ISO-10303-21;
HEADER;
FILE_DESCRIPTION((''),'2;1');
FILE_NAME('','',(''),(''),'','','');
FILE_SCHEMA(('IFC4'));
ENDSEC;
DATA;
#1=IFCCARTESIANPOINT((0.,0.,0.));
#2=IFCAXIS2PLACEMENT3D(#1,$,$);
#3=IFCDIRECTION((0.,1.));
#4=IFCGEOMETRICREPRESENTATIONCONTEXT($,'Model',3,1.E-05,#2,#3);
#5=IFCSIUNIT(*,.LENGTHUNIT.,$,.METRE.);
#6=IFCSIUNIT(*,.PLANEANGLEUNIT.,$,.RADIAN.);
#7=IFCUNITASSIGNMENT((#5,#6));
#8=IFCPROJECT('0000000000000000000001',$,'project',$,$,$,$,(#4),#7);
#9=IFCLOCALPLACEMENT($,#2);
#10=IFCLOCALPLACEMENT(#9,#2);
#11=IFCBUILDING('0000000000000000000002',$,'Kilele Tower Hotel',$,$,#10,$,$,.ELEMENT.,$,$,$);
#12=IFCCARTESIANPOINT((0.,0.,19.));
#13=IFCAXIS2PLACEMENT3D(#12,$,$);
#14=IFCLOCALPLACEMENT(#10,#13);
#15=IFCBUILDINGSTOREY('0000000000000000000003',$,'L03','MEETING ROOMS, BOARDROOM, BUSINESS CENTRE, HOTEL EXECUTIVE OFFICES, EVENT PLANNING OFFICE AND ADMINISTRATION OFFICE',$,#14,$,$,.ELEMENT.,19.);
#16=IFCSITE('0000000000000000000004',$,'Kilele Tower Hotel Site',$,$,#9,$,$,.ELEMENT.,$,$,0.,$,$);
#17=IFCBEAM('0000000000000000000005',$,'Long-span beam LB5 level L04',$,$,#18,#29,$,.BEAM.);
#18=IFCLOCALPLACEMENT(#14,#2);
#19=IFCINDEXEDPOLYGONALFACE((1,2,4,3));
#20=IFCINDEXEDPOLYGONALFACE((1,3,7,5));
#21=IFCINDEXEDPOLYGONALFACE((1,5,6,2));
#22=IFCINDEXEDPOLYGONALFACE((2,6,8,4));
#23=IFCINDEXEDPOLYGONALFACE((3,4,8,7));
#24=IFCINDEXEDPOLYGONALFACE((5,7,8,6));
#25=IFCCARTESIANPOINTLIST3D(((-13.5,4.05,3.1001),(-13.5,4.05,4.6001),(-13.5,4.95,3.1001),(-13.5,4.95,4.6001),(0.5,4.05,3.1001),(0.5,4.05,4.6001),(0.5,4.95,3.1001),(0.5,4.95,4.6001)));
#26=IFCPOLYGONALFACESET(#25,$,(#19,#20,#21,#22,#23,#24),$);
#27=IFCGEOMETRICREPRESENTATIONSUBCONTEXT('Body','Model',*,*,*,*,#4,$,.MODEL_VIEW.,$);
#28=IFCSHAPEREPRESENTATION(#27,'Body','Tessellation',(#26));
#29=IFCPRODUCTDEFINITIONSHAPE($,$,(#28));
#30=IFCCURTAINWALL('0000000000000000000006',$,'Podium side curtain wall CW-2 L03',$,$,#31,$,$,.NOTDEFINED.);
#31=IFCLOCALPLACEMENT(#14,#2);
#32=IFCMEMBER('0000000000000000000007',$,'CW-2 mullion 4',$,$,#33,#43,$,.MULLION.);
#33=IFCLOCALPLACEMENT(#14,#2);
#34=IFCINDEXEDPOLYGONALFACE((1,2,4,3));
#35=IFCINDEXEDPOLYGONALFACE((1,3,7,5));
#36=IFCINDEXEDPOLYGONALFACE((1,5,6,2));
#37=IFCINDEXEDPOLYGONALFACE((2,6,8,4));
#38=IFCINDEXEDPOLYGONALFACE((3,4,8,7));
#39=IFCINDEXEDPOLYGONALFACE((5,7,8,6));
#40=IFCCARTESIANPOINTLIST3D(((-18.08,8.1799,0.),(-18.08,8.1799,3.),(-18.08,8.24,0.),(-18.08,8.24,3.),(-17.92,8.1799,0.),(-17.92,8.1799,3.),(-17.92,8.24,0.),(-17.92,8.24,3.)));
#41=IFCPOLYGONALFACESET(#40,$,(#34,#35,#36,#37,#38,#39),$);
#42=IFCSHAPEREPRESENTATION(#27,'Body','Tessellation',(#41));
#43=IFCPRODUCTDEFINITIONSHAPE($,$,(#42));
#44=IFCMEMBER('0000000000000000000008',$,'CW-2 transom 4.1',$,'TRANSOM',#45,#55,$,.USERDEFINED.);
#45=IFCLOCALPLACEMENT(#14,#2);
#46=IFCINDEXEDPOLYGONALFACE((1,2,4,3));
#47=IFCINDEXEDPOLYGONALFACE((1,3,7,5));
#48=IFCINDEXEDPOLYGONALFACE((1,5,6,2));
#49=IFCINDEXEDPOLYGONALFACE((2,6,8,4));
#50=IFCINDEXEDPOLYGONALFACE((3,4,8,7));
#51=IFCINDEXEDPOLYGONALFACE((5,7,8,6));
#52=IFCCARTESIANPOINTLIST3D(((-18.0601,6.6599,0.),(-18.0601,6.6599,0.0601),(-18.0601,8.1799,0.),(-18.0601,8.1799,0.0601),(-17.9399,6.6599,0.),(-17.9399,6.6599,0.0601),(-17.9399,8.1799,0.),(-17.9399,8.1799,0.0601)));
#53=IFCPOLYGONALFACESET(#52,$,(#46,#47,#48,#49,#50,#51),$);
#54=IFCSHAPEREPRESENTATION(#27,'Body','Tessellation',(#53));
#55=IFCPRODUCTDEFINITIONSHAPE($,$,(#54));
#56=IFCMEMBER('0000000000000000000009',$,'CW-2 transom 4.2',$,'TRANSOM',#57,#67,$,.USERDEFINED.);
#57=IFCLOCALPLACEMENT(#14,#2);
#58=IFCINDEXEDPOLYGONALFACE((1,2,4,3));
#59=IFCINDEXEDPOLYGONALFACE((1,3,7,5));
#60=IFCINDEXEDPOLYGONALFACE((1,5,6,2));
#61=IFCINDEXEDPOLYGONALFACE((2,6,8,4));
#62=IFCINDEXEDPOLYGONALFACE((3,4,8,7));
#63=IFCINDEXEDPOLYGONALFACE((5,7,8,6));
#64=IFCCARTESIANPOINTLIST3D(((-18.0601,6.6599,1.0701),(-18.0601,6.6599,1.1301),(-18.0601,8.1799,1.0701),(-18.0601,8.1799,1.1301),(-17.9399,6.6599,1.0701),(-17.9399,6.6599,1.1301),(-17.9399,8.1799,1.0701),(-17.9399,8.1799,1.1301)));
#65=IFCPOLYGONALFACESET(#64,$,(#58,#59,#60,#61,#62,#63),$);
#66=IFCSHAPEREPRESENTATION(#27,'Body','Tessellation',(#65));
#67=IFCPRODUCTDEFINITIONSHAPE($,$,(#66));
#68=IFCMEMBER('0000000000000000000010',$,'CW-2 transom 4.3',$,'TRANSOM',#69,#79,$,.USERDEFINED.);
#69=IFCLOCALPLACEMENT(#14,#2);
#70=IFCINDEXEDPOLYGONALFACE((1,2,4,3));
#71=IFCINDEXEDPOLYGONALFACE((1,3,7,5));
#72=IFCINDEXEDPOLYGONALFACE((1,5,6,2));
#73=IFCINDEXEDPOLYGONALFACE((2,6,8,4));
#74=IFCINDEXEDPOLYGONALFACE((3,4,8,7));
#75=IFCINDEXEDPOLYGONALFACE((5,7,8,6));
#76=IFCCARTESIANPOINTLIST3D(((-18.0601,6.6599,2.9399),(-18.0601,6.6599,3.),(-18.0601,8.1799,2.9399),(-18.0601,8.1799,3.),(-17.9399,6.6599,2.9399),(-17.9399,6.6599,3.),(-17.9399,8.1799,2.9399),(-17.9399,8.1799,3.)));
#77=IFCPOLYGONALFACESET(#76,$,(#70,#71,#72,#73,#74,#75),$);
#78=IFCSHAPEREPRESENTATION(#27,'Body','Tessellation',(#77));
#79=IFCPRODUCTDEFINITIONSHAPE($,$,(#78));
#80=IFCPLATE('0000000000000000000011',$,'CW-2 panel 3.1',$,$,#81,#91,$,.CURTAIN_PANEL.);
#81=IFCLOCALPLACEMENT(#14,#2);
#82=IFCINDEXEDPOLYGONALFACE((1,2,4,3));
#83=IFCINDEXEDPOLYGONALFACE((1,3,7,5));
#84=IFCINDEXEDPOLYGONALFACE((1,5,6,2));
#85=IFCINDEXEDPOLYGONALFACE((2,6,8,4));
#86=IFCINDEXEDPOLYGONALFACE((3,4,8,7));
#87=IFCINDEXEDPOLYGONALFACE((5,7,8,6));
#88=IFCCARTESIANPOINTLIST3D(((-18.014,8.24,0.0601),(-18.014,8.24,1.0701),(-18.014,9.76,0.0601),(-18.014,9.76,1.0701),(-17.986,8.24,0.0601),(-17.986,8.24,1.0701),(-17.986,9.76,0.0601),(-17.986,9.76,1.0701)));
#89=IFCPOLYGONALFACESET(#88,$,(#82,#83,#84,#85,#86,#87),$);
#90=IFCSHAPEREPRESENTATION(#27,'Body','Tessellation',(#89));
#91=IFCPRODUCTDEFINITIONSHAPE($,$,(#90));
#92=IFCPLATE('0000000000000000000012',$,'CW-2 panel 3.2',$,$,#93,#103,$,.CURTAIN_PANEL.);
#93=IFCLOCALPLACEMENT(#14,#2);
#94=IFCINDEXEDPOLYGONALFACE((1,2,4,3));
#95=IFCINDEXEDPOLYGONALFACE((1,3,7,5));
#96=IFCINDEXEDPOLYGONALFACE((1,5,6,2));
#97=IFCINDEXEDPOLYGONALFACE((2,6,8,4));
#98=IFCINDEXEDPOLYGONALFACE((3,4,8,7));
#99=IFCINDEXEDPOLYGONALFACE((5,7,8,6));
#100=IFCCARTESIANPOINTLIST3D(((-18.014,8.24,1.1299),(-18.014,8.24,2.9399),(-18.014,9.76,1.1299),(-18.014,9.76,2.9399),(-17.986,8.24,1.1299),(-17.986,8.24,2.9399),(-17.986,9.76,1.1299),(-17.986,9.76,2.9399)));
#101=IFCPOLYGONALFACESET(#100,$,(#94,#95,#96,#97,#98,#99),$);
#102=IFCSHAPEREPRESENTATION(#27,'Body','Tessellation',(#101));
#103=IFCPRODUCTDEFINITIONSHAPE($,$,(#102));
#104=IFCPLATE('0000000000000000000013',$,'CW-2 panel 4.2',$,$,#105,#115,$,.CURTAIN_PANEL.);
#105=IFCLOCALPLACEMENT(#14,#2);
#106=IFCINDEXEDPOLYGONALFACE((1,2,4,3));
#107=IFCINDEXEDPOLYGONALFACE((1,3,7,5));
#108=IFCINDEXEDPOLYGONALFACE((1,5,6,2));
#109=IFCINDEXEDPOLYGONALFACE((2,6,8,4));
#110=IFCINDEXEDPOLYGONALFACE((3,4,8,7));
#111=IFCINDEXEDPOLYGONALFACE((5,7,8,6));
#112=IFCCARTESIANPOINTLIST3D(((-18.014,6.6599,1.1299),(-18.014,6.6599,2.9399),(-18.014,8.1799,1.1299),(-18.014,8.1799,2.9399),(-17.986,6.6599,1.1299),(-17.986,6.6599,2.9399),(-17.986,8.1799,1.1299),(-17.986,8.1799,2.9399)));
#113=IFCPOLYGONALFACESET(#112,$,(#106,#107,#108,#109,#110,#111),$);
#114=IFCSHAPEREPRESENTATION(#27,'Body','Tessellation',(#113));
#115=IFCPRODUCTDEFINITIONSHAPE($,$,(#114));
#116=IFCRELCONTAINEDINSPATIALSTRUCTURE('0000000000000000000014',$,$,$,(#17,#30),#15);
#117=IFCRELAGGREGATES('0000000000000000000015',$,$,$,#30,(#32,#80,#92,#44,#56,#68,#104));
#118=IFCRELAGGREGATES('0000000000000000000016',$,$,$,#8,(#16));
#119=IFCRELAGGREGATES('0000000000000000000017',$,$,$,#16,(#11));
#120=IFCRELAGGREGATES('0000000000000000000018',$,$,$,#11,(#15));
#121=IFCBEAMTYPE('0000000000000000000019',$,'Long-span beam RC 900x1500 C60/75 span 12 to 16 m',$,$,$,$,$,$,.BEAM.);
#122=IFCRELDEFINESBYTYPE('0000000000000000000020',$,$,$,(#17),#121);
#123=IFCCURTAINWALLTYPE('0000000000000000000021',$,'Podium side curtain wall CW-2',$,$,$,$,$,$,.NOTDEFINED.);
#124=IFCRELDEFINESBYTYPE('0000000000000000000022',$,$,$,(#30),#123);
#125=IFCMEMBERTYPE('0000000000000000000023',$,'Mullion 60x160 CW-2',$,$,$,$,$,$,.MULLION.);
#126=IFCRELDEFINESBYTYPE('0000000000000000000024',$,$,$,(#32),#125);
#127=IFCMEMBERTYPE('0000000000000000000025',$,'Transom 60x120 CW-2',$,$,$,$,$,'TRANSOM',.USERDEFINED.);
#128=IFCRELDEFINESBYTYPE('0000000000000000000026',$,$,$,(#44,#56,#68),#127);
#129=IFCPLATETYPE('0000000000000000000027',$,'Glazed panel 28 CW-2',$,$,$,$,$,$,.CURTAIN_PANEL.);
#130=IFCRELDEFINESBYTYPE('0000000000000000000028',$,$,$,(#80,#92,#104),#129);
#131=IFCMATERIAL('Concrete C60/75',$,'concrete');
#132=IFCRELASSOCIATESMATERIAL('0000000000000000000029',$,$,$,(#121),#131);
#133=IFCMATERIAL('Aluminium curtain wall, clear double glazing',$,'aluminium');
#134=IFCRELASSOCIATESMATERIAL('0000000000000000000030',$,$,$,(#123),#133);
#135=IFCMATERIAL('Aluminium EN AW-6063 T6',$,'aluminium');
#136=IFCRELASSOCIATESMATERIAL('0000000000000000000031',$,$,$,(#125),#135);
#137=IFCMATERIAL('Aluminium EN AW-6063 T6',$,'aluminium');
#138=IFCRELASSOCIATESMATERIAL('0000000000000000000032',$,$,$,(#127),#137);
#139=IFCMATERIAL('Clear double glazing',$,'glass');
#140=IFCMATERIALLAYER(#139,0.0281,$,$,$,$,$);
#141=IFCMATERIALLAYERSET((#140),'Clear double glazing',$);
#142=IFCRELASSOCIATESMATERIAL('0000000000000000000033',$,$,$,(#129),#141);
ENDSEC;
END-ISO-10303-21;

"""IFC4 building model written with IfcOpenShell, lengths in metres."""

from ifc_helpers import new_model, si_unit, direction, frame, origin, origin_2d, place, context, subcontext, project, spatial, rectangle, extrude, material, layer, layer_set, material_profile, profile_set, type_object, element, aggregate, save


model = new_model("IFC4")

# Units and contexts
model_context = context("Model", 3, precision=1e-05, world=origin(), true_north=direction((0.0, 1.0)))
body_context = subcontext(model_context, "Body", "Model", "MODEL_VIEW")
ifc_project = project(units=[si_unit("LENGTHUNIT", "METRE"), si_unit("PLANEANGLEUNIT", "RADIAN")], contexts=[model_context])

# Site, building, storey
site_placement = place(None, origin())
site = spatial("IfcSite", under=ifc_project, at=site_placement, Name="Kilele Tower Hotel Site", CompositionType="ELEMENT", RefElevation=0.0)
building_placement = place(site_placement, origin())
building = spatial("IfcBuilding", under=site, at=building_placement, Name="Kilele Tower Hotel", CompositionType="ELEMENT")
storey_placement = place(building_placement, frame((0.0, 0.0, 19.0)))
storey = spatial("IfcBuildingStorey", under=building, at=storey_placement, Name="L03", Description="MEETING ROOMS, BOARDROOM, BUSINESS CENTRE, HOTEL EXECUTIVE OFFICES, EVENT PLANNING OFFICE AND ADMINISTRATION OFFICE", CompositionType="ELEMENT", Elevation=19.0)

# Beam
ifc_material_1 = material(Name="Concrete C60/75", Category="concrete")
ifc_material_profile_1 = material_profile(ifc_material_1, rectangle(XDim=0.8999, YDim=1.5, at=origin_2d()))
ifc_profile_set_1 = profile_set([ifc_material_profile_1], Name="Concrete C60/75")
beam_type = type_object("IfcBeamType", Name="Long-span beam RC 900x1500 C60/75 span 12 to 16 m", PredefinedType="BEAM", material=ifc_profile_set_1)
beam_placement = place(storey_placement, frame((-13.5, 4.5, 3.8501), z_axis=(1.0, 0.0, 0.0), x_axis=(0.0, 1.0, 0.0)))
element("IfcBeam", 1, at=beam_placement, inside=storey, type_object=beam_type, Name="Long-span beam LB5 level L04", PredefinedType="BEAM", context=body_context, shape_type="SweptSolid", body=[
    extrude(rectangle(XDim=0.8999, YDim=1.5, at=origin_2d()), origin(), (0.0, 0.0, 1.0), 14.0),
])

# Curtain wall, members, plates
ifc_material_2 = material(Name="Aluminium curtain wall, clear double glazing", Category="aluminium")
curtain_wall_type = type_object("IfcCurtainWallType", Name="Podium side curtain wall CW-2", PredefinedType="NOTDEFINED", material=ifc_material_2)
curtain_wall_placement = place(storey_placement, origin())
curtain_wall = element("IfcCurtainWall", 2, at=curtain_wall_placement, inside=storey, type_object=curtain_wall_type, Name="Podium side curtain wall CW-2 L03", PredefinedType="NOTDEFINED")
ifc_material_3 = material(Name="Aluminium EN AW-6063 T6", Category="aluminium")
ifc_material_profile_2 = material_profile(ifc_material_3, rectangle(XDim=0.1599, YDim=0.0601, at=origin_2d()))
ifc_profile_set_2 = profile_set([ifc_material_profile_2], Name="Aluminium EN AW-6063 T6")
member_type_1 = type_object("IfcMemberType", Name="Mullion 60x160 CW-2", PredefinedType="MULLION", material=ifc_profile_set_2)
member_1_placement = place(storey_placement, frame((-18.0, 8.21, 0.0), z_axis=(0.0, 0.0, 1.0), x_axis=(1.0, 0.0, 0.0)))
member_1 = element("IfcMember", 3, at=member_1_placement, type_object=member_type_1, Name="CW-2 mullion 4", PredefinedType="MULLION", context=body_context, shape_type="SweptSolid", body=[
    extrude(rectangle(XDim=0.1599, YDim=0.0601, at=origin_2d()), origin(), (0.0, 0.0, 1.0), 3.0),
])
ifc_material_4 = material(Name="Aluminium EN AW-6063 T6", Category="aluminium")
ifc_material_profile_3 = material_profile(ifc_material_4, rectangle(XDim=0.1201, YDim=0.0601, at=origin_2d()))
ifc_profile_set_3 = profile_set([ifc_material_profile_3], Name="Aluminium EN AW-6063 T6")
member_type_2 = type_object("IfcMemberType", Name="Transom 60x120 CW-2", ElementType="TRANSOM", PredefinedType="USERDEFINED", material=ifc_profile_set_3)
member_2_placement = place(storey_placement, frame((-18.0, 8.1799, 0.03), z_axis=(0.0, -1.0, 0.0), x_axis=(1.0, 0.0, 0.0)))
member_2 = element("IfcMember", 4, at=member_2_placement, type_object=member_type_2, Name="CW-2 transom 4.1", ObjectType="TRANSOM", PredefinedType="USERDEFINED", context=body_context, shape_type="SweptSolid", body=[
    extrude(rectangle(XDim=0.1201, YDim=0.0601, at=origin_2d()), origin(), (0.0, 0.0, 1.0), 1.52),
])
member_3_placement = place(storey_placement, frame((-18.0, 8.1799, 1.1001), z_axis=(0.0, -1.0, 0.0), x_axis=(1.0, 0.0, 0.0)))
member_3 = element("IfcMember", 5, at=member_3_placement, type_object=member_type_2, Name="CW-2 transom 4.2", ObjectType="TRANSOM", PredefinedType="USERDEFINED", context=body_context, shape_type="SweptSolid", body=[
    extrude(rectangle(XDim=0.1201, YDim=0.0601, at=origin_2d()), origin(), (0.0, 0.0, 1.0), 1.52),
])
member_4_placement = place(storey_placement, frame((-18.0, 8.1799, 2.97), z_axis=(0.0, -1.0, 0.0), x_axis=(1.0, 0.0, 0.0)))
member_4 = element("IfcMember", 6, at=member_4_placement, type_object=member_type_2, Name="CW-2 transom 4.3", ObjectType="TRANSOM", PredefinedType="USERDEFINED", context=body_context, shape_type="SweptSolid", body=[
    extrude(rectangle(XDim=0.1201, YDim=0.0601, at=origin_2d()), origin(), (0.0, 0.0, 1.0), 1.52),
])
ifc_material_5 = material(Name="Clear double glazing", Category="glass")
ifc_layer_1 = layer(ifc_material_5, 0.0281)
ifc_layer_set_1 = layer_set([ifc_layer_1], Name="Clear double glazing")
plate_type = type_object("IfcPlateType", Name="Glazed panel 28 CW-2", PredefinedType="CURTAIN_PANEL", material=ifc_layer_set_1)
plate_1_placement = place(storey_placement, frame((-18.0, 9.0, 0.0601), z_axis=(0.0, 0.0, 1.0), x_axis=(0.0, -1.0, 0.0)))
plate_1 = element("IfcPlate", 7, at=plate_1_placement, type_object=plate_type, Name="CW-2 panel 3.1", PredefinedType="CURTAIN_PANEL", context=body_context, shape_type="SweptSolid", body=[
    extrude(rectangle(XDim=1.52, YDim=0.0281, at=origin_2d()), origin(), (0.0, 0.0, 1.0), 1.01),
])
plate_2_placement = place(storey_placement, frame((-18.0, 9.0, 1.1299), z_axis=(0.0, 0.0, 1.0), x_axis=(0.0, -1.0, 0.0)))
plate_2 = element("IfcPlate", 8, at=plate_2_placement, type_object=plate_type, Name="CW-2 panel 3.2", PredefinedType="CURTAIN_PANEL", context=body_context, shape_type="SweptSolid", body=[
    extrude(rectangle(XDim=1.52, YDim=0.0281, at=origin_2d()), origin(), (0.0, 0.0, 1.0), 1.8101),
])
plate_3_placement = place(storey_placement, frame((-18.0, 7.4199, 1.1299), z_axis=(0.0, 0.0, 1.0), x_axis=(0.0, -1.0, 0.0)))
plate_3 = element("IfcPlate", 9, at=plate_3_placement, type_object=plate_type, Name="CW-2 panel 4.2", PredefinedType="CURTAIN_PANEL", context=body_context, shape_type="SweptSolid", body=[
    extrude(rectangle(XDim=1.52, YDim=0.0281, at=origin_2d()), origin(), (0.0, 0.0, 1.0), 1.8101),
])
aggregate(curtain_wall, [member_1, plate_1, plate_2, member_2, member_3, member_4, plate_3])

save(model, "model.ifc")
